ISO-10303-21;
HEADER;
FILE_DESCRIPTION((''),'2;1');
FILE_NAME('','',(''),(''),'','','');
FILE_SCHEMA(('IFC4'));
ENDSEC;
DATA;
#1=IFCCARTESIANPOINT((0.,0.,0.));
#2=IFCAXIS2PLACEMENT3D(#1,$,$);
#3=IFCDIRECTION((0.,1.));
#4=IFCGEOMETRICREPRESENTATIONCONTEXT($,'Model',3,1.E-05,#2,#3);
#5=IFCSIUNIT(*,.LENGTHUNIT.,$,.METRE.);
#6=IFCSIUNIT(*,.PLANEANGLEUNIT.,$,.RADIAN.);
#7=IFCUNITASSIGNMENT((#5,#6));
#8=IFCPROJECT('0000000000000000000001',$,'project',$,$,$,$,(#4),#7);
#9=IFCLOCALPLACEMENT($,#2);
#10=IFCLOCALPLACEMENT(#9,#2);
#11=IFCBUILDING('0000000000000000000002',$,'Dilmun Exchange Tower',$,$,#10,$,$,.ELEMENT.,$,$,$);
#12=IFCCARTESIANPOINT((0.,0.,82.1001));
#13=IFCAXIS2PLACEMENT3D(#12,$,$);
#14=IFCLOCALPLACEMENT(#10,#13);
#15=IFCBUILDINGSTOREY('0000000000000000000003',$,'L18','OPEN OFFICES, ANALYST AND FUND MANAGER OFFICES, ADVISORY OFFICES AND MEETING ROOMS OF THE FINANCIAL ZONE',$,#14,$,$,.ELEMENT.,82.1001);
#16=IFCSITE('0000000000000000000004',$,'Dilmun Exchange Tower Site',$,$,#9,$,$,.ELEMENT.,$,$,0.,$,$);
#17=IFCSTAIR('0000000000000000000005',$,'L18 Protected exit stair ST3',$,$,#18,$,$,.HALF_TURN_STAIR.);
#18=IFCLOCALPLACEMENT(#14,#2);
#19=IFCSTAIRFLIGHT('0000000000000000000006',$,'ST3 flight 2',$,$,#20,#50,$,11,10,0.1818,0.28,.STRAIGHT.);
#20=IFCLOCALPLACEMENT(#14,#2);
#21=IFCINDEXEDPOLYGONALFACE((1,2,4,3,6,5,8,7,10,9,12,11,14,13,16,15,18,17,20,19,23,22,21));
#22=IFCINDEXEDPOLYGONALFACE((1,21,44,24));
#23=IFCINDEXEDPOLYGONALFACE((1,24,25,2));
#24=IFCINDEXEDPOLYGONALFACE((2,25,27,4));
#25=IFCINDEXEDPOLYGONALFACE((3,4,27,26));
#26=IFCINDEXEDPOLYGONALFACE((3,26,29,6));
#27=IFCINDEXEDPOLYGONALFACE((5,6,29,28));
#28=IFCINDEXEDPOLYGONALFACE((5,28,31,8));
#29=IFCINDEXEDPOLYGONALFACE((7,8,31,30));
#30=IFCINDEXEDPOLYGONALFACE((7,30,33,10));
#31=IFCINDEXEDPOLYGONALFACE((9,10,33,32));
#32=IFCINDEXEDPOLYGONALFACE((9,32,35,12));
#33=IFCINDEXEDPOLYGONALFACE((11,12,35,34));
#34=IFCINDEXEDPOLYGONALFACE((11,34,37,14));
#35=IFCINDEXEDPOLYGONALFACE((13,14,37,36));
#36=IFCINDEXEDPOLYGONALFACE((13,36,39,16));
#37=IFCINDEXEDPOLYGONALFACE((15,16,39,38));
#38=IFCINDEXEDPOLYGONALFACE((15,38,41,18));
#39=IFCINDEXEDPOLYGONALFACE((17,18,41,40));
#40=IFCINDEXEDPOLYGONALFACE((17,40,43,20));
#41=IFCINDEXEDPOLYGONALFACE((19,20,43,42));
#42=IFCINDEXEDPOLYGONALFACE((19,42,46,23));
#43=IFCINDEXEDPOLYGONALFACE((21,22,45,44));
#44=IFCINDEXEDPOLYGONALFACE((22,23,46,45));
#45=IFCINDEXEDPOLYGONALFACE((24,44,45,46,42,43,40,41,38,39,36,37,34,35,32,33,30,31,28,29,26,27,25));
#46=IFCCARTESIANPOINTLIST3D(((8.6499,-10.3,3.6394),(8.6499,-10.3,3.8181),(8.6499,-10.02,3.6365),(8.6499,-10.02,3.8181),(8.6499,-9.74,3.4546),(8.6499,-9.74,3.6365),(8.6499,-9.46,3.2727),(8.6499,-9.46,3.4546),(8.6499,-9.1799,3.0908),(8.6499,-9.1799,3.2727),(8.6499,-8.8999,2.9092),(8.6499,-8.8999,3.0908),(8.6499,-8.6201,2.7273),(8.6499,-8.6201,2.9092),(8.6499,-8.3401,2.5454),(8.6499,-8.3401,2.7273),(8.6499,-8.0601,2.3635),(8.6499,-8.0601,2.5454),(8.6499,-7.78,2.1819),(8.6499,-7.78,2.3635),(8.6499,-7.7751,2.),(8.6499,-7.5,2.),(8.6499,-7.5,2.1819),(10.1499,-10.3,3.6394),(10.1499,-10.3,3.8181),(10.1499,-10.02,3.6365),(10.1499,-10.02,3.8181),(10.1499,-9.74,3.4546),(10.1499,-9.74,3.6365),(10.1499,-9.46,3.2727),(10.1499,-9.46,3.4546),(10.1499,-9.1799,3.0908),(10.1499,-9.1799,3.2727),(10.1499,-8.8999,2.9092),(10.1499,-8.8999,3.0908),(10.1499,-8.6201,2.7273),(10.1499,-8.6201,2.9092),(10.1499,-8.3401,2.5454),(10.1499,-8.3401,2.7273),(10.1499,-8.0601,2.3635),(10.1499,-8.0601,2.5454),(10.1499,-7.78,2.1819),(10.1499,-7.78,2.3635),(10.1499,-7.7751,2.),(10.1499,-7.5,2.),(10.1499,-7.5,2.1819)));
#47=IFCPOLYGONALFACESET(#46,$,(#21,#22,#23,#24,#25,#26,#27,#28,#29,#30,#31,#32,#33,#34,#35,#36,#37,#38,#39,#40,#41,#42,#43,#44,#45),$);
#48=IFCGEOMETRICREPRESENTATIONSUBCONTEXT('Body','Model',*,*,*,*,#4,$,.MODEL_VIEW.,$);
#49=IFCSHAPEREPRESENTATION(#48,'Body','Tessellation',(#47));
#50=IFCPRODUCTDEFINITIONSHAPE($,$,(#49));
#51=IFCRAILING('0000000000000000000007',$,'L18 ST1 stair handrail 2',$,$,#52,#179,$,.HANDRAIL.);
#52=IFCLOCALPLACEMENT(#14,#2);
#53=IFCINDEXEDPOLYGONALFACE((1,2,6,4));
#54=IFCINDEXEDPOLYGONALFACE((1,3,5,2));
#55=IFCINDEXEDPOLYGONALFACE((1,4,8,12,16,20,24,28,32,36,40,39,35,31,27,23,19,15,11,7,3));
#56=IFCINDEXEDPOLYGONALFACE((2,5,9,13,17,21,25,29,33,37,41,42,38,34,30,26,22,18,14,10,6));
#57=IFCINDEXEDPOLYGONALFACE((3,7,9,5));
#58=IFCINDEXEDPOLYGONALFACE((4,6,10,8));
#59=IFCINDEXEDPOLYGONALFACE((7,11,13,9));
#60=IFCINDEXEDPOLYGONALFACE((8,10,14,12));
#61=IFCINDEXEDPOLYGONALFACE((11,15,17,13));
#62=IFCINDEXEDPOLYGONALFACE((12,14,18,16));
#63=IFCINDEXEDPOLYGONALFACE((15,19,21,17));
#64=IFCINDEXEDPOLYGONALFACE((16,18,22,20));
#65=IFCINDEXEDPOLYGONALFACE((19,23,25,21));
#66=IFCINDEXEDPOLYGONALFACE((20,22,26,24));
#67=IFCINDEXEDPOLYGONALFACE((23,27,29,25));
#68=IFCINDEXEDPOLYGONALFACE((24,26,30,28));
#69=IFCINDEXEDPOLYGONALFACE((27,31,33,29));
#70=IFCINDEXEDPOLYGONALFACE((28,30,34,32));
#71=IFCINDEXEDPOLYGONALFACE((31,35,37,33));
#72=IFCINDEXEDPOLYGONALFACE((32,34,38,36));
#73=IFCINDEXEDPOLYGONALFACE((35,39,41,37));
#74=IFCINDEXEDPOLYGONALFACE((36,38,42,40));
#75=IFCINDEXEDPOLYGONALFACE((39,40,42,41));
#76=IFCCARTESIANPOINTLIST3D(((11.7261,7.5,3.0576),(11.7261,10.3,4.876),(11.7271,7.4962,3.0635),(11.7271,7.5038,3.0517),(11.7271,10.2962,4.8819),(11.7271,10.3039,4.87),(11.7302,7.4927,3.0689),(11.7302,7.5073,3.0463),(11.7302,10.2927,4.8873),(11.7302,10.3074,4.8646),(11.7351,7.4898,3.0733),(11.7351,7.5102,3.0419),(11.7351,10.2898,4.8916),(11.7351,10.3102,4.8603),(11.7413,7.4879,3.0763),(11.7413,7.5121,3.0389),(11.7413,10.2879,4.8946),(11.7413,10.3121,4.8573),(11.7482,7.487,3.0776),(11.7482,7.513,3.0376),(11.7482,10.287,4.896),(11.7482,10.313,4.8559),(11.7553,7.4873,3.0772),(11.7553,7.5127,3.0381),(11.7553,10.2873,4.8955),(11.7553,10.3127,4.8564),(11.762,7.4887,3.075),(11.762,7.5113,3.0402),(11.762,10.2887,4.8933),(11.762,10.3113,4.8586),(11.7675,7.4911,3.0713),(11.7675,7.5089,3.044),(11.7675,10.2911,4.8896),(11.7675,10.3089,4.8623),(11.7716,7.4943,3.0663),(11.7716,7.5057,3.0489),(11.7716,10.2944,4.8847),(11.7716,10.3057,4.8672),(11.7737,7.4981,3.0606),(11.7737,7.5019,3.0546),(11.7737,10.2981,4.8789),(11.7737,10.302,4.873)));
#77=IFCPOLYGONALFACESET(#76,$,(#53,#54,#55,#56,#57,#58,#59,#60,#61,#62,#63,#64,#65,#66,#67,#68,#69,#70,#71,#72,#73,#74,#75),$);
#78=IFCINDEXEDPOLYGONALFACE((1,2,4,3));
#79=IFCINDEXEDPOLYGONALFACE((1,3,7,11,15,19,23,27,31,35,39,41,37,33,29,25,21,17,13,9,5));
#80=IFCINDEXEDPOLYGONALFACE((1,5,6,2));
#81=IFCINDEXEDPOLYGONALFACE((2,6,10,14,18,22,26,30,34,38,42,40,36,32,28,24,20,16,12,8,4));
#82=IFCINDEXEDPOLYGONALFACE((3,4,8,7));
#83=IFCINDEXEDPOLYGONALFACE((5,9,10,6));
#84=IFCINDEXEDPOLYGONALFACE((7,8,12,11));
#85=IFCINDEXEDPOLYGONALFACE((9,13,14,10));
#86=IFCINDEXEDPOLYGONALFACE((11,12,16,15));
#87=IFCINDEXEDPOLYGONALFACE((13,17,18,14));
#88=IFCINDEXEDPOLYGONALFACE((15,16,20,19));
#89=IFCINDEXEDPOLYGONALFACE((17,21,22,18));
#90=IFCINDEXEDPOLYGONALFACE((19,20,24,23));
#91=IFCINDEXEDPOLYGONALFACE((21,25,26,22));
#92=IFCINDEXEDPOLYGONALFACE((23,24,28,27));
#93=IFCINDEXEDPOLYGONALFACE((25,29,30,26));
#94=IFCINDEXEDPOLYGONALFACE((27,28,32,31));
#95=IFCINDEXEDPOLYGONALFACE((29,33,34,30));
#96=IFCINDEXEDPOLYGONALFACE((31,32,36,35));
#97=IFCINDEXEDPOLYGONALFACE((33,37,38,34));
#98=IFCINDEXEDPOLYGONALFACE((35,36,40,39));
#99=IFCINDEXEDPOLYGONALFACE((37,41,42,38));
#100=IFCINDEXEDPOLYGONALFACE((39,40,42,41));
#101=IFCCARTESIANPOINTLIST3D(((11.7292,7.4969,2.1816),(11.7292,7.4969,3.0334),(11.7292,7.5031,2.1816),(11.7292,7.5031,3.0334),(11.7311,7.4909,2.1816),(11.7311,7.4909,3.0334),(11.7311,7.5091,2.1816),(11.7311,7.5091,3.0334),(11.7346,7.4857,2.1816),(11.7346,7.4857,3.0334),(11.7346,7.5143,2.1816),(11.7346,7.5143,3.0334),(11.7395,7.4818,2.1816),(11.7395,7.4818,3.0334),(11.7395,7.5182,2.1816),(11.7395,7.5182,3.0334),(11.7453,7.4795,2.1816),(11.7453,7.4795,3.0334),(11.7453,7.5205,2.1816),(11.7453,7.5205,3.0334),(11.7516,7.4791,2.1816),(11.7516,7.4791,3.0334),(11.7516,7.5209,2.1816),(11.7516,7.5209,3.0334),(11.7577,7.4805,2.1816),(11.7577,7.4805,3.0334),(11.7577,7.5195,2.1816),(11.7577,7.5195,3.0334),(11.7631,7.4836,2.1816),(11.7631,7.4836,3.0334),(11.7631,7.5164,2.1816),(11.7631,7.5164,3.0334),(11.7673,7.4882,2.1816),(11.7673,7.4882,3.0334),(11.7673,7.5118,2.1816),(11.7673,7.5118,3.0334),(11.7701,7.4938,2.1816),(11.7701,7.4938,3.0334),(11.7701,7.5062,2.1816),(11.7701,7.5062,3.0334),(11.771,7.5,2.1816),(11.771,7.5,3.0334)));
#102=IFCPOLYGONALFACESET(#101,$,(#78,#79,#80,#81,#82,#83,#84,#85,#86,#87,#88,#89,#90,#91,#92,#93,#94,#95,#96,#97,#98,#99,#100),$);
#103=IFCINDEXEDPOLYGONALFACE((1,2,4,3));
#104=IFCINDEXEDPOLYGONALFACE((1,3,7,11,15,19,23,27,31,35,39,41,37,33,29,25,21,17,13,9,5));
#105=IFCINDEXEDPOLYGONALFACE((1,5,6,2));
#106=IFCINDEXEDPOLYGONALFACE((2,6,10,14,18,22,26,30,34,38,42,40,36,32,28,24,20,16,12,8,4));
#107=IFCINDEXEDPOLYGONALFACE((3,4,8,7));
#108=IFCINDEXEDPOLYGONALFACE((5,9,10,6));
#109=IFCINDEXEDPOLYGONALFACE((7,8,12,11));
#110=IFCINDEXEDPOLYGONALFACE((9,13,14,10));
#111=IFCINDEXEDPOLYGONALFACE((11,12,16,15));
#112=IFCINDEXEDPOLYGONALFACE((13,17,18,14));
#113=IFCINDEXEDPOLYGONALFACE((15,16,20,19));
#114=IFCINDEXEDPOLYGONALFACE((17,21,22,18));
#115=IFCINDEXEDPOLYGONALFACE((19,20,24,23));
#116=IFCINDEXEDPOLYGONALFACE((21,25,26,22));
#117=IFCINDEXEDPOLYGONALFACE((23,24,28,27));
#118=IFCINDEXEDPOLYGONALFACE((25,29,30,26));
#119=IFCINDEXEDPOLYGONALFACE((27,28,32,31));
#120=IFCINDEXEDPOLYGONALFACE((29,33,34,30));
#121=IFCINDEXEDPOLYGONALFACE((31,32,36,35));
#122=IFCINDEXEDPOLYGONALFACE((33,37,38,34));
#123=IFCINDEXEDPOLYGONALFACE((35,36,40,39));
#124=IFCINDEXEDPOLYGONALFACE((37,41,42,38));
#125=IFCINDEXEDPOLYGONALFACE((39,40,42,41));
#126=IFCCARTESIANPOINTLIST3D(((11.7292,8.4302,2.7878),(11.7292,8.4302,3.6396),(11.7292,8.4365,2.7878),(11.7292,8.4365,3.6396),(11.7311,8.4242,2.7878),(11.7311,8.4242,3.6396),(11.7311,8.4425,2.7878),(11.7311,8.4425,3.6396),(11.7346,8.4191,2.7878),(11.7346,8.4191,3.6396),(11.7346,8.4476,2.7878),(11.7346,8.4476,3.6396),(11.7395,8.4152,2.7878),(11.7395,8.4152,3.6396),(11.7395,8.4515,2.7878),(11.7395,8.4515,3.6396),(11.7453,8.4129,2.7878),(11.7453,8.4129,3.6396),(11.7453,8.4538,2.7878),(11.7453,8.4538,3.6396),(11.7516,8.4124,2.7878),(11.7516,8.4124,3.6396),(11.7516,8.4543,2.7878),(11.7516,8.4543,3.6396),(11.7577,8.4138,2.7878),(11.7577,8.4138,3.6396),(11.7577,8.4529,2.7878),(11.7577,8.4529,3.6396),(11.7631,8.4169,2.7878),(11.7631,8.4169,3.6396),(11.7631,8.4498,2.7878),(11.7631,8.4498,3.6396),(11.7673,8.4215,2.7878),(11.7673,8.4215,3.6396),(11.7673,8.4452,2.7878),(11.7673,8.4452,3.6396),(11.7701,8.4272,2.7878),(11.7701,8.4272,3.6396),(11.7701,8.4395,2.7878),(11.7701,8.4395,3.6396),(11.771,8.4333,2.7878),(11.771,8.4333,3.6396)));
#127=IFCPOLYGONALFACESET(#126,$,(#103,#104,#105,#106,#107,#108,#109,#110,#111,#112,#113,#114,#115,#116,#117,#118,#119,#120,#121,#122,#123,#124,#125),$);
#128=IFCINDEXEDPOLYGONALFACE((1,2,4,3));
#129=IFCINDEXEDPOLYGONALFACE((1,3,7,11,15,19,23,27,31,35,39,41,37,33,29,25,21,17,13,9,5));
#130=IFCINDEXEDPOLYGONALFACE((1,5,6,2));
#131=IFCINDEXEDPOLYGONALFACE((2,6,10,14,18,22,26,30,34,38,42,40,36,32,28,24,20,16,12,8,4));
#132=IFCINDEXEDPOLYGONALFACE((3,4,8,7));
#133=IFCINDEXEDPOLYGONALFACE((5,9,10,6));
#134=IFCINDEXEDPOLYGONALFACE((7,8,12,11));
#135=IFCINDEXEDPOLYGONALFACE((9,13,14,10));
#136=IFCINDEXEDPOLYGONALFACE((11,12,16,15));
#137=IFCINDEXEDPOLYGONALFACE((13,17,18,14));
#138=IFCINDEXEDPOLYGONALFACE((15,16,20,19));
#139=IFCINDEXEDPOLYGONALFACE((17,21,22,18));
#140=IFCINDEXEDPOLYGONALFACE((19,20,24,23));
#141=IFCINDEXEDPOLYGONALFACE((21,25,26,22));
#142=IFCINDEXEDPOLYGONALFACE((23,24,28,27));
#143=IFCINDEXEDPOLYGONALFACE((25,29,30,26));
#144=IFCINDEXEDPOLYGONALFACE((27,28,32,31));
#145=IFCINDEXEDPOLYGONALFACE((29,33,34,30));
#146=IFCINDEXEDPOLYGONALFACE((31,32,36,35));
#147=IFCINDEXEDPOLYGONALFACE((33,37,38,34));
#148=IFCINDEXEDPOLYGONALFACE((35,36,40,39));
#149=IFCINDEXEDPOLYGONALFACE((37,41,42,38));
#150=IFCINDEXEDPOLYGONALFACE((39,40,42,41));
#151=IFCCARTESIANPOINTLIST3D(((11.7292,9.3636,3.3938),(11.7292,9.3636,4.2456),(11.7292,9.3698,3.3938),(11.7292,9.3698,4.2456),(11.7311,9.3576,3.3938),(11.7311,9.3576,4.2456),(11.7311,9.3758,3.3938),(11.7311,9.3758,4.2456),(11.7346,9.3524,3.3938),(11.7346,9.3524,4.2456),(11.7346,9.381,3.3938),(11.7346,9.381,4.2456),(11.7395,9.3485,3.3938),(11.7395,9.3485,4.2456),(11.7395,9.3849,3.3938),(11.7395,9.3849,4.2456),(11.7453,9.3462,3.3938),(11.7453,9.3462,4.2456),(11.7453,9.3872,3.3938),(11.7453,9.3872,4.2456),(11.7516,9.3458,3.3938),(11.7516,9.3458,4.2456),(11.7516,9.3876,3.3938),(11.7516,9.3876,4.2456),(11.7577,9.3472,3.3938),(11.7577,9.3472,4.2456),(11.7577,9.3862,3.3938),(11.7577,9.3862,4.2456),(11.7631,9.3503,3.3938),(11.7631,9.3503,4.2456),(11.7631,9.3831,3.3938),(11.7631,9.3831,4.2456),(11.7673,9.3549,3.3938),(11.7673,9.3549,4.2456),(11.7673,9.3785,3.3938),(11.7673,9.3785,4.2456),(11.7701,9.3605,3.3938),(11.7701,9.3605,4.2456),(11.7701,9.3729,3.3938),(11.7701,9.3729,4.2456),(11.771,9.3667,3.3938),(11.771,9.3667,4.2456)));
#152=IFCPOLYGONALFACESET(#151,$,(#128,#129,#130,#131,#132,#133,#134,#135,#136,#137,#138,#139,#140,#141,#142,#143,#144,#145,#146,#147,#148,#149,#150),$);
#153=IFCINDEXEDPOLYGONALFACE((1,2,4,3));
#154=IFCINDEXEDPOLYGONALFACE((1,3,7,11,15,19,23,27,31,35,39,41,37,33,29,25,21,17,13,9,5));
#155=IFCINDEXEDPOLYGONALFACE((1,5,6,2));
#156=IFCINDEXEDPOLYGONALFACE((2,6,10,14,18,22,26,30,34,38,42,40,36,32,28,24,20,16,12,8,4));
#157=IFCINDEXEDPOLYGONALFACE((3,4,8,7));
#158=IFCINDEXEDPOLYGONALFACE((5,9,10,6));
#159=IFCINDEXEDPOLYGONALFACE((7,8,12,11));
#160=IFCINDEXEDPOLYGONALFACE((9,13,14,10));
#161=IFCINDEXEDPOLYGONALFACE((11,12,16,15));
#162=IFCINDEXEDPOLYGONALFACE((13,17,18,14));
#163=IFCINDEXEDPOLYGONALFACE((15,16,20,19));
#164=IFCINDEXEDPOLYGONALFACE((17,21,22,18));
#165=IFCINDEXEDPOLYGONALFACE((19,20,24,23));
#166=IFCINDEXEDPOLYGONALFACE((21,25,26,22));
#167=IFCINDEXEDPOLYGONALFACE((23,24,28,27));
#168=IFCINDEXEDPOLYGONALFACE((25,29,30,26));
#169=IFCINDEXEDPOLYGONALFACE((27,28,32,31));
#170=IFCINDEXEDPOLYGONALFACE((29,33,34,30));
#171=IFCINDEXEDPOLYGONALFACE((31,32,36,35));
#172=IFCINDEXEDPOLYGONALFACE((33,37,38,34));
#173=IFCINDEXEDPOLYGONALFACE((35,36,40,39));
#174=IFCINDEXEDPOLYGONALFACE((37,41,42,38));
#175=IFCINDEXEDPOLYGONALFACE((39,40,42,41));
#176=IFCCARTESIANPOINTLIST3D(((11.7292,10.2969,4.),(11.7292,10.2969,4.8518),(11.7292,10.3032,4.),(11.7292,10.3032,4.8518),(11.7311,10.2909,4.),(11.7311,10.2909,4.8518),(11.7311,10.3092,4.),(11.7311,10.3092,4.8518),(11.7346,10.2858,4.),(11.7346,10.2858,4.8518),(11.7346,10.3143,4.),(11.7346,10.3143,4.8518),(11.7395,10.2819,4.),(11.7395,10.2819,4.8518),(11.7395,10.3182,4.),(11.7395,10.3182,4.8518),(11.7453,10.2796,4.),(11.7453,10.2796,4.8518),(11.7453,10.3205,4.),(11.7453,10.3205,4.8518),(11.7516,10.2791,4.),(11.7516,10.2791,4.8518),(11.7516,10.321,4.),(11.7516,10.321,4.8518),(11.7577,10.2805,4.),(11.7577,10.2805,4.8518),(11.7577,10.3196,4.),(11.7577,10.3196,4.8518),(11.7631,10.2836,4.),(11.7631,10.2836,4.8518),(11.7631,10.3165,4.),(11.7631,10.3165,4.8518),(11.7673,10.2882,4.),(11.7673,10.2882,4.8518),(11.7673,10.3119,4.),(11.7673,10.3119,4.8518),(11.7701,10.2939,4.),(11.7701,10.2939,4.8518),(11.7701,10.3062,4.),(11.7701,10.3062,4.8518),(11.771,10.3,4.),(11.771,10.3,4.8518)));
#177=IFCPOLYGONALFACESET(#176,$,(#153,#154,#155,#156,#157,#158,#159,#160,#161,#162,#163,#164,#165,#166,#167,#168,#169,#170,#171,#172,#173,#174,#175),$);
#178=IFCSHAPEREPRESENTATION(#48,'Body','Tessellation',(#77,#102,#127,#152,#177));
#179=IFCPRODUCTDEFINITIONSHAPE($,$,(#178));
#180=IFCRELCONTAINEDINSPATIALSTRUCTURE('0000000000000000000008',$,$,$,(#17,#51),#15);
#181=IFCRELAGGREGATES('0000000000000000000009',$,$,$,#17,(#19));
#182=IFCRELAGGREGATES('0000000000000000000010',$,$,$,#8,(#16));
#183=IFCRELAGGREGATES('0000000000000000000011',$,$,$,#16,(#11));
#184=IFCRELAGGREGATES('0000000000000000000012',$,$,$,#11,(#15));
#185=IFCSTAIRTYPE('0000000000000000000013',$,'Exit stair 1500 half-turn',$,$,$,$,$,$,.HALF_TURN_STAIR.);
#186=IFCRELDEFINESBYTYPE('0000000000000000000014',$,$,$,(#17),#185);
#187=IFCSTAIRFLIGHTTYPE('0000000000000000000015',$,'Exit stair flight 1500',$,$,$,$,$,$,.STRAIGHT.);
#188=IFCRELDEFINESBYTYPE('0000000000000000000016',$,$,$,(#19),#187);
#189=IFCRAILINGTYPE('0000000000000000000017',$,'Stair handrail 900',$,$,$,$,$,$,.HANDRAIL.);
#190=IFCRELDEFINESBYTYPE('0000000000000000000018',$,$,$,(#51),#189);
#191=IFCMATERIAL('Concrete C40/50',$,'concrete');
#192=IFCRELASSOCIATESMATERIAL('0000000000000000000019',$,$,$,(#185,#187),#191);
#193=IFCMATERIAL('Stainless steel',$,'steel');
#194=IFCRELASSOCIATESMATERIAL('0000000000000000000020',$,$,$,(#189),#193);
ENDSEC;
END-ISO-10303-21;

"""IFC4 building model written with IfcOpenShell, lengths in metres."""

from ifc_helpers import new_model, si_unit, direction, frame, origin, origin_2d, place, context, subcontext, project, spatial, polyline, circle, outline, extrude, material, type_object, element, aggregate, save


model = new_model("IFC4")

# Units and contexts
model_context = context("Model", 3, precision=1e-05, world=origin(), true_north=direction((0.0, 1.0)))
body_context = subcontext(model_context, "Body", "Model", "MODEL_VIEW")
ifc_project = project(units=[si_unit("LENGTHUNIT", "METRE"), si_unit("PLANEANGLEUNIT", "RADIAN")], contexts=[model_context])

# Site, building, storey
site_placement = place(None, origin())
site = spatial("IfcSite", under=ifc_project, at=site_placement, Name="Dilmun Exchange Tower Site", CompositionType="ELEMENT", RefElevation=0.0)
building_placement = place(site_placement, origin())
building = spatial("IfcBuilding", under=site, at=building_placement, Name="Dilmun Exchange Tower", CompositionType="ELEMENT")
storey_placement = place(building_placement, frame((0.0, 0.0, 82.1001)))
storey = spatial("IfcBuildingStorey", under=building, at=storey_placement, Name="L18", Description="OPEN OFFICES, ANALYST AND FUND MANAGER OFFICES, ADVISORY OFFICES AND MEETING ROOMS OF THE FINANCIAL ZONE", CompositionType="ELEMENT", Elevation=82.1001)

# Shared definitions
ifc_material_1 = material(Name="Concrete C40/50", Category="concrete")

# Shared definitions
stair_type = type_object("IfcStairType", Name="Exit stair 1500 half-turn", PredefinedType="HALF_TURN_STAIR", material=ifc_material_1)
stair_flight_type = type_object("IfcStairFlightType", Name="Exit stair flight 1500", PredefinedType="STRAIGHT", material=ifc_material_1)

# Stair, stair flight
stair_1_placement = place(storey_placement, origin())
stair_1 = element("IfcStair", 1, at=stair_1_placement, inside=storey, type_object=stair_type, Name="L18 Protected exit stair ST3", PredefinedType="HALF_TURN_STAIR")
stair_flight_1_placement = place(storey_placement, frame((9.3999, -7.5, 2.0), z_axis=(0.0, 0.0, 1.0), x_axis=(0.0, -1.0, 0.0)))
stair_flight_1 = element("IfcStairFlight", 2, at=stair_flight_1_placement, type_object=stair_flight_type, Name="ST3 flight 2", NumberOfRisers=11, NumberOfTreads=10, PredefinedType="STRAIGHT", RiserHeight=0.1818, TreadLength=0.28, context=body_context, shape_type="SweptSolid", body=[
    extrude(outline(polyline([(0.0, 0.0), (0.0, 0.1819), (0.28, 0.1819), (0.28, 0.3635), (0.5601, 0.3635), (0.5601, 0.5454), (0.8401, 0.5454), (0.8401, 0.7273), (1.1201, 0.7273), (1.1201, 0.9092), (1.3999, 0.9092), (1.3999, 1.0908), (1.6799, 1.0908), (1.6799, 1.2727), (1.96, 1.2727), (1.96, 1.4546), (2.24, 1.4546), (2.24, 1.6365), (2.52, 1.6365), (2.52, 1.8181), (2.8, 1.8181), (2.8, 2.0), (2.8, 1.6394), (0.2751, 0.0), (0.0, 0.0)])), frame((0.0, 0.75, 0.0), z_axis=(0.0, -1.0, 0.0), x_axis=(1.0, 0.0, 0.0)), (0.0, 0.0, 1.0), 1.5),
])
aggregate(stair_1, [stair_flight_1])

# Railing
ifc_material_2 = material(Name="Stainless steel", Category="steel")
railing_type = type_object("IfcRailingType", Name="Stair handrail 900", PredefinedType="HANDRAIL", material=ifc_material_2)
for number, where, name in (
    (3, (11.75, 7.5, 2.1816), "L18 ST1 stair handrail 2"),
):
    element("IfcRailing", number, at=place(storey_placement, frame(where)), inside=storey, type_object=railing_type, Name=name, PredefinedType="HANDRAIL", context=body_context, shape_type="SweptSolid", body=[
        extrude(circle(Radius=0.0239, at=origin_2d()), frame((0.0, 0.0, 0.876), z_axis=(0.0, 0.838672, 0.544636), x_axis=(-1.0, 0.0, 0.0)), (0.0, 0.0, 1.0), 3.3386),
        extrude(circle(Radius=0.021, at=origin_2d()), origin(), (0.0, 0.0, 1.0), 0.8518),
        extrude(circle(Radius=0.021, at=origin_2d()), frame((0.0, 0.9333, 0.6062)), (0.0, 0.0, 1.0), 0.8518),
        extrude(circle(Radius=0.021, at=origin_2d()), frame((0.0, 1.8667, 1.2122)), (0.0, 0.0, 1.0), 0.8518),
        extrude(circle(Radius=0.021, at=origin_2d()), frame((0.0, 2.8, 1.8184)), (0.0, 0.0, 1.0), 0.8518),
    ])

save(model, "model.ifc")
